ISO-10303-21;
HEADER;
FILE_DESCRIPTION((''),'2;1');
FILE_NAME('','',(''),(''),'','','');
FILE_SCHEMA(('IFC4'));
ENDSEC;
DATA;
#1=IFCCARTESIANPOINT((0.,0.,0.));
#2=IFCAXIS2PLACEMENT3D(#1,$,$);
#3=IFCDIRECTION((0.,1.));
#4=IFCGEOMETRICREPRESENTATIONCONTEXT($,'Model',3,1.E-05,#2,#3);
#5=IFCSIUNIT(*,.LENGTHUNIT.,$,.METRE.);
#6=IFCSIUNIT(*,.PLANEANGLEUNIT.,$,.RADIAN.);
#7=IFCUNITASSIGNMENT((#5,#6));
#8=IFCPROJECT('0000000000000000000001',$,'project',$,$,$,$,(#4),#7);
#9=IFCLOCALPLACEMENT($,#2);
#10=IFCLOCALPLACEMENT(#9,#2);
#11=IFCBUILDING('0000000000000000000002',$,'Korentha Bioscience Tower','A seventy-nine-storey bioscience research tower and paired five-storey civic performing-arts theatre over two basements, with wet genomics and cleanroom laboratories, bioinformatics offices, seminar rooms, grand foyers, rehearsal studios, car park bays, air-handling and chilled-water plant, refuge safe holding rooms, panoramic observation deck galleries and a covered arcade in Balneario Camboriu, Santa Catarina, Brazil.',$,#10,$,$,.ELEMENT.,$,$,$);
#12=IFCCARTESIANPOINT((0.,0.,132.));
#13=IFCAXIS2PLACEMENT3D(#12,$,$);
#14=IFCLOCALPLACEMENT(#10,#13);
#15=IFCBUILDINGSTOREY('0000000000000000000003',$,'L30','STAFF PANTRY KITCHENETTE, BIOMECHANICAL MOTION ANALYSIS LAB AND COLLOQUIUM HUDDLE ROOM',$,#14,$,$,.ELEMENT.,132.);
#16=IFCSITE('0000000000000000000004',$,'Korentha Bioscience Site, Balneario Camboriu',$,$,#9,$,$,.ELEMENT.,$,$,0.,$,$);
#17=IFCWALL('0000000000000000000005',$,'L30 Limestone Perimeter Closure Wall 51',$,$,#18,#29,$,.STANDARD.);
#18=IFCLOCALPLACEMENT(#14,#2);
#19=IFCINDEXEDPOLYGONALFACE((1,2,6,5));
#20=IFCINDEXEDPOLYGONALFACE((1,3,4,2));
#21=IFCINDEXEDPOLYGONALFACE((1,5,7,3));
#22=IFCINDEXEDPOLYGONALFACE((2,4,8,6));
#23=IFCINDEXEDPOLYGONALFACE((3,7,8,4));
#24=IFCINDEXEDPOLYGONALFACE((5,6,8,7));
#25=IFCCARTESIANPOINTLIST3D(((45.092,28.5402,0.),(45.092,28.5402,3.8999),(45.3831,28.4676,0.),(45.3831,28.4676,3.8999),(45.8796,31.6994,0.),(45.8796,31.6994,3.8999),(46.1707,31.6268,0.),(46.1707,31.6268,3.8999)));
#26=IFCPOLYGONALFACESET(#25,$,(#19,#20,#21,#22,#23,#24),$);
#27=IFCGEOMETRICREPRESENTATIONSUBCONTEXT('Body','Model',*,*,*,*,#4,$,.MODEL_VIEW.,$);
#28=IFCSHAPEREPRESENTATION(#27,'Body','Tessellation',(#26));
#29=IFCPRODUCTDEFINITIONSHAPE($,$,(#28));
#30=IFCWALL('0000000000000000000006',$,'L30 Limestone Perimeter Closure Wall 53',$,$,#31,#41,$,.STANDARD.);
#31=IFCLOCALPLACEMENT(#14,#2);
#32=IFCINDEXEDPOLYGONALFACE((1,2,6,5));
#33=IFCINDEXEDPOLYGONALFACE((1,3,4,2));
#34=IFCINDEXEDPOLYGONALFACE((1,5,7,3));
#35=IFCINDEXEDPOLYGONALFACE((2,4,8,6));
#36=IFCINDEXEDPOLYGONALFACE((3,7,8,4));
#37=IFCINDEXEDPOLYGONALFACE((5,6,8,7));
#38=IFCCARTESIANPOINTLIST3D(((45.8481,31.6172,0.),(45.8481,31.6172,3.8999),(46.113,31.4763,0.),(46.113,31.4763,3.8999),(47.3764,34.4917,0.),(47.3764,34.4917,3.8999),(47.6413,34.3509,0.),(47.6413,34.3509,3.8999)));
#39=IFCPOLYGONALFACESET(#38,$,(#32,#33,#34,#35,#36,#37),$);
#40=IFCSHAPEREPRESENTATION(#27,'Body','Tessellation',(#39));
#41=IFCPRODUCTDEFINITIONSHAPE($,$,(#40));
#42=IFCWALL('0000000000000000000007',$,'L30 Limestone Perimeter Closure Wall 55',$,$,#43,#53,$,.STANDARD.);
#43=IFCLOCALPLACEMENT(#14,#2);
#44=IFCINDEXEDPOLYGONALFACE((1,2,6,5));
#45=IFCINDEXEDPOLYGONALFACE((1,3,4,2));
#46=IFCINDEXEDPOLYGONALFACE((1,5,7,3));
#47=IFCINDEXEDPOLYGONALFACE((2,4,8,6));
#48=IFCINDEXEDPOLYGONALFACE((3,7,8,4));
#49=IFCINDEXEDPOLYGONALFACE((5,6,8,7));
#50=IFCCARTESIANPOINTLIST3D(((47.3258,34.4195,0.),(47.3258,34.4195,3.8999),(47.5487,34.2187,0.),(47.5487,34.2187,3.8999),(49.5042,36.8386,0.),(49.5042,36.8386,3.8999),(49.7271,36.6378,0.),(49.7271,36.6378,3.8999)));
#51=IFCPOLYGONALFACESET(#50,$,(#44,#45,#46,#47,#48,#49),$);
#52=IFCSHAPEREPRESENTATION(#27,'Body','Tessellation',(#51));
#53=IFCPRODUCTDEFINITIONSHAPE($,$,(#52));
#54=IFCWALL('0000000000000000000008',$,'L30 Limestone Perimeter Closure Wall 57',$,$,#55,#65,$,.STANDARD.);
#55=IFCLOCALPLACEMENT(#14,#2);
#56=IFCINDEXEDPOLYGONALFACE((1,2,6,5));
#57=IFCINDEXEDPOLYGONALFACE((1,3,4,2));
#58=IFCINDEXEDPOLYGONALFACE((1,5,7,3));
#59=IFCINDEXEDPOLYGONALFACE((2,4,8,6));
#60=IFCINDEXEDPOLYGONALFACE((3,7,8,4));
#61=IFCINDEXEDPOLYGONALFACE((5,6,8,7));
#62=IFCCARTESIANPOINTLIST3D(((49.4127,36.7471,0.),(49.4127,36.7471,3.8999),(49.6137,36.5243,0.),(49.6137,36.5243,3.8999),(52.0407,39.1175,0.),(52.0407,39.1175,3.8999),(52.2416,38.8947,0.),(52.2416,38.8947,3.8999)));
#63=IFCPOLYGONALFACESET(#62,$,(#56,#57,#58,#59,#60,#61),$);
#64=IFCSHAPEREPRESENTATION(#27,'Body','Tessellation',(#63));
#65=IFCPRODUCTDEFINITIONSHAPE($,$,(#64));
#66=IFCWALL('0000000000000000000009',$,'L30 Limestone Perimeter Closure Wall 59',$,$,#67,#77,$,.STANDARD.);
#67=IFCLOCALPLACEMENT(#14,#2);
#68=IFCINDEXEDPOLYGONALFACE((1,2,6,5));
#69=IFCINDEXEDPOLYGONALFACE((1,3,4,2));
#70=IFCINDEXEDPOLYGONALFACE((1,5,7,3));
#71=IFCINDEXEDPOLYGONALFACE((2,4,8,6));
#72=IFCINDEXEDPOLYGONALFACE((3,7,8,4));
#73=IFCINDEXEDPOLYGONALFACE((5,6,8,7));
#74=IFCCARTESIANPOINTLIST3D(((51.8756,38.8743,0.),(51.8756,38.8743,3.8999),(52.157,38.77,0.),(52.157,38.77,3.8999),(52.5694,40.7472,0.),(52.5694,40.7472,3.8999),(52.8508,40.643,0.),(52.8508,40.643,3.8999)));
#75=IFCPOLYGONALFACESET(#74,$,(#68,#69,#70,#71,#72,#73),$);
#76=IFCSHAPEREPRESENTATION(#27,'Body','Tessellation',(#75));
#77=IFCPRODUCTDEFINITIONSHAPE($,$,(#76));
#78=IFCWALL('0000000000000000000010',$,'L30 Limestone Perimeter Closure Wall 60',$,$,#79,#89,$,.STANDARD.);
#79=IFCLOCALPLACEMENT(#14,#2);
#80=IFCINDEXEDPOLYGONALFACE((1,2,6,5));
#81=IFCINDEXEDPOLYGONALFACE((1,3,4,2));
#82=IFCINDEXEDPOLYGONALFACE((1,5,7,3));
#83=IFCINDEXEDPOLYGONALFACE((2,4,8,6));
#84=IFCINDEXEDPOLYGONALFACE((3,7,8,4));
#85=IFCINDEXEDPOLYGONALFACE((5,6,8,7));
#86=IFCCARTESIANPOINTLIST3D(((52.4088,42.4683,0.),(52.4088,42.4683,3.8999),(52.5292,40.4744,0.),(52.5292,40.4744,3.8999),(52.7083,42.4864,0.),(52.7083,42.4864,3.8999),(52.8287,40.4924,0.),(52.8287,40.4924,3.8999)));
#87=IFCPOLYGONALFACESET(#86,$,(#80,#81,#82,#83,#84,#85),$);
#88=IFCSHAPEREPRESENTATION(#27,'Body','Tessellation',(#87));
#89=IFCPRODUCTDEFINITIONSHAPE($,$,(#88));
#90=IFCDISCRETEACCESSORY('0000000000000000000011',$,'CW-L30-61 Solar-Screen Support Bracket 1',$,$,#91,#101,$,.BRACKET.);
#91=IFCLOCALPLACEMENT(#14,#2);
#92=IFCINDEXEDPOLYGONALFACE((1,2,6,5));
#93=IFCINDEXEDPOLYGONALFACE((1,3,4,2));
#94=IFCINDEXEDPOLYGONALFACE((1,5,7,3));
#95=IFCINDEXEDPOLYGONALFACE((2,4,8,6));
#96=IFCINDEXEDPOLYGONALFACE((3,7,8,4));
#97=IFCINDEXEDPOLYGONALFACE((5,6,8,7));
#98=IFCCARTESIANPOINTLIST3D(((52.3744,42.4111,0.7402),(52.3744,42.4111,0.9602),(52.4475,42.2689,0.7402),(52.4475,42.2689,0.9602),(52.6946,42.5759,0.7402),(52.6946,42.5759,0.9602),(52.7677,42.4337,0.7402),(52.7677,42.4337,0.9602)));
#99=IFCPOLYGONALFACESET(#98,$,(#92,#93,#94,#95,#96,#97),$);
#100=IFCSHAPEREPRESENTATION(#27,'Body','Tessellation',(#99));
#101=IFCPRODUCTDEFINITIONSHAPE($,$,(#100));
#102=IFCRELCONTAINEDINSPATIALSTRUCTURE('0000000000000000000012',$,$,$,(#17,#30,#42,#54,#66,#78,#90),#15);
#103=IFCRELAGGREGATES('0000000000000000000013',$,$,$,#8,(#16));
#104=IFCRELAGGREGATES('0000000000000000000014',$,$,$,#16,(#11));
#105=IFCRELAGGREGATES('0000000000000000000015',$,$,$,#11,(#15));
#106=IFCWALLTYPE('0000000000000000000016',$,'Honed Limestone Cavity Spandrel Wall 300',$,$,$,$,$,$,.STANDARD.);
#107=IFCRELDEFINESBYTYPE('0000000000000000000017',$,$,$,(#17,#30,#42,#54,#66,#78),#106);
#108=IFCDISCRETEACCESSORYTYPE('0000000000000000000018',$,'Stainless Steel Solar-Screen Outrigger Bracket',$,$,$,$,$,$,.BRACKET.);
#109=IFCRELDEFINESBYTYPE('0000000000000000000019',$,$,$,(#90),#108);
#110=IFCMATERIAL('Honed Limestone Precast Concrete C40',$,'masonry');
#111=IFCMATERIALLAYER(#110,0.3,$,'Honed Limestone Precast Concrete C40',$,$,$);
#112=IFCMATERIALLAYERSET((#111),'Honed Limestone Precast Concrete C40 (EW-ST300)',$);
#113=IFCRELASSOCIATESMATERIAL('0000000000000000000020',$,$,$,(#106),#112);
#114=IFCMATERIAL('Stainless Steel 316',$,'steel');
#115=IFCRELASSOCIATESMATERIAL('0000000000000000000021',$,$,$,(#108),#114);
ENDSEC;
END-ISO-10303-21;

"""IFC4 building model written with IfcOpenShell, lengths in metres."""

from ifc_helpers import new_model, si_unit, direction, frame, frame_2d, origin, origin_2d, place, context, subcontext, project, spatial, rectangle, extrude, material, layer, layer_set, type_object, element, save


model = new_model("IFC4")

# Units and contexts
model_context = context("Model", 3, precision=1e-05, world=origin(), true_north=direction((0.0, 1.0)))
body_context = subcontext(model_context, "Body", "Model", "MODEL_VIEW")
ifc_project = project(units=[si_unit("LENGTHUNIT", "METRE"), si_unit("PLANEANGLEUNIT", "RADIAN")], contexts=[model_context])

# Site, building, storey
site_placement = place(None, origin())
site = spatial("IfcSite", under=ifc_project, at=site_placement, Name="Korentha Bioscience Site, Balneario Camboriu", CompositionType="ELEMENT", RefElevation=0.0)
building_placement = place(site_placement, origin())
building = spatial("IfcBuilding", under=site, at=building_placement, Name="Korentha Bioscience Tower", Description="A seventy-nine-storey bioscience research tower and paired five-storey civic performing-arts theatre over two basements, with wet genomics and cleanroom laboratories, bioinformatics offices, seminar rooms, grand foyers, rehearsal studios, car park bays, air-handling and chilled-water plant, refuge safe holding rooms, panoramic observation deck galleries and a covered arcade in Balneario Camboriu, Santa Catarina, Brazil.", CompositionType="ELEMENT")
storey_placement = place(building_placement, frame((0.0, 0.0, 132.0)))
storey = spatial("IfcBuildingStorey", under=building, at=storey_placement, Name="L30", Description="STAFF PANTRY KITCHENETTE, BIOMECHANICAL MOTION ANALYSIS LAB AND COLLOQUIUM HUDDLE ROOM", CompositionType="ELEMENT", Elevation=132.0)

# Walls
ifc_material_1 = material(Name="Honed Limestone Precast Concrete C40", Category="masonry")
ifc_layer_1 = layer(ifc_material_1, 0.3, Name="Honed Limestone Precast Concrete C40")
ifc_layer_set_1 = layer_set([ifc_layer_1], Name="Honed Limestone Precast Concrete C40 (EW-ST300)")
wall_type_1 = type_object("IfcWallType", Name="Honed Limestone Cavity Spandrel Wall 300", PredefinedType="STANDARD", material=ifc_layer_set_1)
wall_1_placement = place(storey_placement, frame((45.2375, 28.5039, 0.0), z_axis=(0.0, 0.0, 1.0), x_axis=(0.2419, 0.970301, 0.0)))
element("IfcWall", 1, at=wall_1_placement, inside=storey, type_object=wall_type_1, Name="L30 Limestone Perimeter Closure Wall 51", PredefinedType="STANDARD", context=body_context, shape_type="SweptSolid", body=[
    extrude(rectangle(XDim=3.2559, YDim=0.3, at=frame_2d((1.6279, 0.0))), origin(), (0.0, 0.0, 1.0), 3.8999),
])
wall_2_placement = place(storey_placement, frame((45.9805, 31.5466, 0.0), z_axis=(0.0, 0.0, 1.0), x_axis=(0.469451, 0.882958, 0.0)))
element("IfcWall", 2, at=wall_2_placement, inside=storey, type_object=wall_type_1, Name="L30 Limestone Perimeter Closure Wall 53", PredefinedType="STANDARD", context=body_context, shape_type="SweptSolid", body=[
    extrude(rectangle(XDim=3.2556, YDim=0.3, at=frame_2d((1.6279, 0.0))), origin(), (0.0, 0.0, 1.0), 3.8999),
])
wall_3_placement = place(storey_placement, frame((47.4373, 34.3191, 0.0), z_axis=(0.0, 0.0, 1.0), x_axis=(0.669168, 0.743111, 0.0)))
element("IfcWall", 3, at=wall_3_placement, inside=storey, type_object=wall_type_1, Name="L30 Limestone Perimeter Closure Wall 55", PredefinedType="STANDARD", context=body_context, shape_type="SweptSolid", body=[
    extrude(rectangle(XDim=3.2554, YDim=0.3, at=frame_2d((1.6277, 0.0))), origin(), (0.0, 0.0, 1.0), 3.8999),
])
wall_4_placement = place(storey_placement, frame((49.5132, 36.6357, 0.0), z_axis=(0.0, 0.0, 1.0), x_axis=(0.74256, 0.66978, 0.0)))
element("IfcWall", 4, at=wall_4_placement, inside=storey, type_object=wall_type_1, Name="L30 Limestone Perimeter Closure Wall 57", PredefinedType="STANDARD", context=body_context, shape_type="SweptSolid", body=[
    extrude(rectangle(XDim=3.5391, YDim=0.3, at=frame_2d((1.7695, 0.0))), origin(), (0.0, 0.0, 1.0), 3.8999),
])
wall_5_placement = place(storey_placement, frame((52.0164, 38.8223, 0.0), z_axis=(0.0, 0.0, 1.0), x_axis=(0.34737, 0.937728, 0.0)))
element("IfcWall", 5, at=wall_5_placement, inside=storey, type_object=wall_type_1, Name="L30 Limestone Perimeter Closure Wall 59", PredefinedType="STANDARD", context=body_context, shape_type="SweptSolid", body=[
    extrude(rectangle(XDim=1.9973, YDim=0.3, at=frame_2d((0.9985, 0.0))), origin(), (0.0, 0.0, 1.0), 3.8999),
])
wall_6_placement = place(storey_placement, frame((52.679, 40.4834, 0.0), z_axis=(0.0, 0.0, 1.0), x_axis=(-0.060255, 0.998183, 0.0)))
element("IfcWall", 6, at=wall_6_placement, inside=storey, type_object=wall_type_1, Name="L30 Limestone Perimeter Closure Wall 60", PredefinedType="STANDARD", context=body_context, shape_type="SweptSolid", body=[
    extrude(rectangle(XDim=1.9976, YDim=0.3, at=frame_2d((0.9988, 0.0))), origin(), (0.0, 0.0, 1.0), 3.8999),
])

# Discrete accessory
ifc_material_2 = material(Name="Stainless Steel 316", Category="steel")
discrete_accessory_type = type_object("IfcDiscreteAccessoryType", Name="Stainless Steel Solar-Screen Outrigger Bracket", PredefinedType="BRACKET", material=ifc_material_2)
discrete_accessory_placement = place(storey_placement, frame((52.571, 42.4224, 0.7402), z_axis=(0.0, 0.0, 1.0), x_axis=(-0.457613, 0.889151, 0.0)))
element("IfcDiscreteAccessory", 7, at=discrete_accessory_placement, inside=storey, type_object=discrete_accessory_type, Name="CW-L30-61 Solar-Screen Support Bracket 1", PredefinedType="BRACKET", context=body_context, shape_type="SweptSolid", body=[
    extrude(rectangle(XDim=0.1599, YDim=0.3601, at=origin_2d()), origin(), (0.0, 0.0, 1.0), 0.22),
])

save(model, "model.ifc")
